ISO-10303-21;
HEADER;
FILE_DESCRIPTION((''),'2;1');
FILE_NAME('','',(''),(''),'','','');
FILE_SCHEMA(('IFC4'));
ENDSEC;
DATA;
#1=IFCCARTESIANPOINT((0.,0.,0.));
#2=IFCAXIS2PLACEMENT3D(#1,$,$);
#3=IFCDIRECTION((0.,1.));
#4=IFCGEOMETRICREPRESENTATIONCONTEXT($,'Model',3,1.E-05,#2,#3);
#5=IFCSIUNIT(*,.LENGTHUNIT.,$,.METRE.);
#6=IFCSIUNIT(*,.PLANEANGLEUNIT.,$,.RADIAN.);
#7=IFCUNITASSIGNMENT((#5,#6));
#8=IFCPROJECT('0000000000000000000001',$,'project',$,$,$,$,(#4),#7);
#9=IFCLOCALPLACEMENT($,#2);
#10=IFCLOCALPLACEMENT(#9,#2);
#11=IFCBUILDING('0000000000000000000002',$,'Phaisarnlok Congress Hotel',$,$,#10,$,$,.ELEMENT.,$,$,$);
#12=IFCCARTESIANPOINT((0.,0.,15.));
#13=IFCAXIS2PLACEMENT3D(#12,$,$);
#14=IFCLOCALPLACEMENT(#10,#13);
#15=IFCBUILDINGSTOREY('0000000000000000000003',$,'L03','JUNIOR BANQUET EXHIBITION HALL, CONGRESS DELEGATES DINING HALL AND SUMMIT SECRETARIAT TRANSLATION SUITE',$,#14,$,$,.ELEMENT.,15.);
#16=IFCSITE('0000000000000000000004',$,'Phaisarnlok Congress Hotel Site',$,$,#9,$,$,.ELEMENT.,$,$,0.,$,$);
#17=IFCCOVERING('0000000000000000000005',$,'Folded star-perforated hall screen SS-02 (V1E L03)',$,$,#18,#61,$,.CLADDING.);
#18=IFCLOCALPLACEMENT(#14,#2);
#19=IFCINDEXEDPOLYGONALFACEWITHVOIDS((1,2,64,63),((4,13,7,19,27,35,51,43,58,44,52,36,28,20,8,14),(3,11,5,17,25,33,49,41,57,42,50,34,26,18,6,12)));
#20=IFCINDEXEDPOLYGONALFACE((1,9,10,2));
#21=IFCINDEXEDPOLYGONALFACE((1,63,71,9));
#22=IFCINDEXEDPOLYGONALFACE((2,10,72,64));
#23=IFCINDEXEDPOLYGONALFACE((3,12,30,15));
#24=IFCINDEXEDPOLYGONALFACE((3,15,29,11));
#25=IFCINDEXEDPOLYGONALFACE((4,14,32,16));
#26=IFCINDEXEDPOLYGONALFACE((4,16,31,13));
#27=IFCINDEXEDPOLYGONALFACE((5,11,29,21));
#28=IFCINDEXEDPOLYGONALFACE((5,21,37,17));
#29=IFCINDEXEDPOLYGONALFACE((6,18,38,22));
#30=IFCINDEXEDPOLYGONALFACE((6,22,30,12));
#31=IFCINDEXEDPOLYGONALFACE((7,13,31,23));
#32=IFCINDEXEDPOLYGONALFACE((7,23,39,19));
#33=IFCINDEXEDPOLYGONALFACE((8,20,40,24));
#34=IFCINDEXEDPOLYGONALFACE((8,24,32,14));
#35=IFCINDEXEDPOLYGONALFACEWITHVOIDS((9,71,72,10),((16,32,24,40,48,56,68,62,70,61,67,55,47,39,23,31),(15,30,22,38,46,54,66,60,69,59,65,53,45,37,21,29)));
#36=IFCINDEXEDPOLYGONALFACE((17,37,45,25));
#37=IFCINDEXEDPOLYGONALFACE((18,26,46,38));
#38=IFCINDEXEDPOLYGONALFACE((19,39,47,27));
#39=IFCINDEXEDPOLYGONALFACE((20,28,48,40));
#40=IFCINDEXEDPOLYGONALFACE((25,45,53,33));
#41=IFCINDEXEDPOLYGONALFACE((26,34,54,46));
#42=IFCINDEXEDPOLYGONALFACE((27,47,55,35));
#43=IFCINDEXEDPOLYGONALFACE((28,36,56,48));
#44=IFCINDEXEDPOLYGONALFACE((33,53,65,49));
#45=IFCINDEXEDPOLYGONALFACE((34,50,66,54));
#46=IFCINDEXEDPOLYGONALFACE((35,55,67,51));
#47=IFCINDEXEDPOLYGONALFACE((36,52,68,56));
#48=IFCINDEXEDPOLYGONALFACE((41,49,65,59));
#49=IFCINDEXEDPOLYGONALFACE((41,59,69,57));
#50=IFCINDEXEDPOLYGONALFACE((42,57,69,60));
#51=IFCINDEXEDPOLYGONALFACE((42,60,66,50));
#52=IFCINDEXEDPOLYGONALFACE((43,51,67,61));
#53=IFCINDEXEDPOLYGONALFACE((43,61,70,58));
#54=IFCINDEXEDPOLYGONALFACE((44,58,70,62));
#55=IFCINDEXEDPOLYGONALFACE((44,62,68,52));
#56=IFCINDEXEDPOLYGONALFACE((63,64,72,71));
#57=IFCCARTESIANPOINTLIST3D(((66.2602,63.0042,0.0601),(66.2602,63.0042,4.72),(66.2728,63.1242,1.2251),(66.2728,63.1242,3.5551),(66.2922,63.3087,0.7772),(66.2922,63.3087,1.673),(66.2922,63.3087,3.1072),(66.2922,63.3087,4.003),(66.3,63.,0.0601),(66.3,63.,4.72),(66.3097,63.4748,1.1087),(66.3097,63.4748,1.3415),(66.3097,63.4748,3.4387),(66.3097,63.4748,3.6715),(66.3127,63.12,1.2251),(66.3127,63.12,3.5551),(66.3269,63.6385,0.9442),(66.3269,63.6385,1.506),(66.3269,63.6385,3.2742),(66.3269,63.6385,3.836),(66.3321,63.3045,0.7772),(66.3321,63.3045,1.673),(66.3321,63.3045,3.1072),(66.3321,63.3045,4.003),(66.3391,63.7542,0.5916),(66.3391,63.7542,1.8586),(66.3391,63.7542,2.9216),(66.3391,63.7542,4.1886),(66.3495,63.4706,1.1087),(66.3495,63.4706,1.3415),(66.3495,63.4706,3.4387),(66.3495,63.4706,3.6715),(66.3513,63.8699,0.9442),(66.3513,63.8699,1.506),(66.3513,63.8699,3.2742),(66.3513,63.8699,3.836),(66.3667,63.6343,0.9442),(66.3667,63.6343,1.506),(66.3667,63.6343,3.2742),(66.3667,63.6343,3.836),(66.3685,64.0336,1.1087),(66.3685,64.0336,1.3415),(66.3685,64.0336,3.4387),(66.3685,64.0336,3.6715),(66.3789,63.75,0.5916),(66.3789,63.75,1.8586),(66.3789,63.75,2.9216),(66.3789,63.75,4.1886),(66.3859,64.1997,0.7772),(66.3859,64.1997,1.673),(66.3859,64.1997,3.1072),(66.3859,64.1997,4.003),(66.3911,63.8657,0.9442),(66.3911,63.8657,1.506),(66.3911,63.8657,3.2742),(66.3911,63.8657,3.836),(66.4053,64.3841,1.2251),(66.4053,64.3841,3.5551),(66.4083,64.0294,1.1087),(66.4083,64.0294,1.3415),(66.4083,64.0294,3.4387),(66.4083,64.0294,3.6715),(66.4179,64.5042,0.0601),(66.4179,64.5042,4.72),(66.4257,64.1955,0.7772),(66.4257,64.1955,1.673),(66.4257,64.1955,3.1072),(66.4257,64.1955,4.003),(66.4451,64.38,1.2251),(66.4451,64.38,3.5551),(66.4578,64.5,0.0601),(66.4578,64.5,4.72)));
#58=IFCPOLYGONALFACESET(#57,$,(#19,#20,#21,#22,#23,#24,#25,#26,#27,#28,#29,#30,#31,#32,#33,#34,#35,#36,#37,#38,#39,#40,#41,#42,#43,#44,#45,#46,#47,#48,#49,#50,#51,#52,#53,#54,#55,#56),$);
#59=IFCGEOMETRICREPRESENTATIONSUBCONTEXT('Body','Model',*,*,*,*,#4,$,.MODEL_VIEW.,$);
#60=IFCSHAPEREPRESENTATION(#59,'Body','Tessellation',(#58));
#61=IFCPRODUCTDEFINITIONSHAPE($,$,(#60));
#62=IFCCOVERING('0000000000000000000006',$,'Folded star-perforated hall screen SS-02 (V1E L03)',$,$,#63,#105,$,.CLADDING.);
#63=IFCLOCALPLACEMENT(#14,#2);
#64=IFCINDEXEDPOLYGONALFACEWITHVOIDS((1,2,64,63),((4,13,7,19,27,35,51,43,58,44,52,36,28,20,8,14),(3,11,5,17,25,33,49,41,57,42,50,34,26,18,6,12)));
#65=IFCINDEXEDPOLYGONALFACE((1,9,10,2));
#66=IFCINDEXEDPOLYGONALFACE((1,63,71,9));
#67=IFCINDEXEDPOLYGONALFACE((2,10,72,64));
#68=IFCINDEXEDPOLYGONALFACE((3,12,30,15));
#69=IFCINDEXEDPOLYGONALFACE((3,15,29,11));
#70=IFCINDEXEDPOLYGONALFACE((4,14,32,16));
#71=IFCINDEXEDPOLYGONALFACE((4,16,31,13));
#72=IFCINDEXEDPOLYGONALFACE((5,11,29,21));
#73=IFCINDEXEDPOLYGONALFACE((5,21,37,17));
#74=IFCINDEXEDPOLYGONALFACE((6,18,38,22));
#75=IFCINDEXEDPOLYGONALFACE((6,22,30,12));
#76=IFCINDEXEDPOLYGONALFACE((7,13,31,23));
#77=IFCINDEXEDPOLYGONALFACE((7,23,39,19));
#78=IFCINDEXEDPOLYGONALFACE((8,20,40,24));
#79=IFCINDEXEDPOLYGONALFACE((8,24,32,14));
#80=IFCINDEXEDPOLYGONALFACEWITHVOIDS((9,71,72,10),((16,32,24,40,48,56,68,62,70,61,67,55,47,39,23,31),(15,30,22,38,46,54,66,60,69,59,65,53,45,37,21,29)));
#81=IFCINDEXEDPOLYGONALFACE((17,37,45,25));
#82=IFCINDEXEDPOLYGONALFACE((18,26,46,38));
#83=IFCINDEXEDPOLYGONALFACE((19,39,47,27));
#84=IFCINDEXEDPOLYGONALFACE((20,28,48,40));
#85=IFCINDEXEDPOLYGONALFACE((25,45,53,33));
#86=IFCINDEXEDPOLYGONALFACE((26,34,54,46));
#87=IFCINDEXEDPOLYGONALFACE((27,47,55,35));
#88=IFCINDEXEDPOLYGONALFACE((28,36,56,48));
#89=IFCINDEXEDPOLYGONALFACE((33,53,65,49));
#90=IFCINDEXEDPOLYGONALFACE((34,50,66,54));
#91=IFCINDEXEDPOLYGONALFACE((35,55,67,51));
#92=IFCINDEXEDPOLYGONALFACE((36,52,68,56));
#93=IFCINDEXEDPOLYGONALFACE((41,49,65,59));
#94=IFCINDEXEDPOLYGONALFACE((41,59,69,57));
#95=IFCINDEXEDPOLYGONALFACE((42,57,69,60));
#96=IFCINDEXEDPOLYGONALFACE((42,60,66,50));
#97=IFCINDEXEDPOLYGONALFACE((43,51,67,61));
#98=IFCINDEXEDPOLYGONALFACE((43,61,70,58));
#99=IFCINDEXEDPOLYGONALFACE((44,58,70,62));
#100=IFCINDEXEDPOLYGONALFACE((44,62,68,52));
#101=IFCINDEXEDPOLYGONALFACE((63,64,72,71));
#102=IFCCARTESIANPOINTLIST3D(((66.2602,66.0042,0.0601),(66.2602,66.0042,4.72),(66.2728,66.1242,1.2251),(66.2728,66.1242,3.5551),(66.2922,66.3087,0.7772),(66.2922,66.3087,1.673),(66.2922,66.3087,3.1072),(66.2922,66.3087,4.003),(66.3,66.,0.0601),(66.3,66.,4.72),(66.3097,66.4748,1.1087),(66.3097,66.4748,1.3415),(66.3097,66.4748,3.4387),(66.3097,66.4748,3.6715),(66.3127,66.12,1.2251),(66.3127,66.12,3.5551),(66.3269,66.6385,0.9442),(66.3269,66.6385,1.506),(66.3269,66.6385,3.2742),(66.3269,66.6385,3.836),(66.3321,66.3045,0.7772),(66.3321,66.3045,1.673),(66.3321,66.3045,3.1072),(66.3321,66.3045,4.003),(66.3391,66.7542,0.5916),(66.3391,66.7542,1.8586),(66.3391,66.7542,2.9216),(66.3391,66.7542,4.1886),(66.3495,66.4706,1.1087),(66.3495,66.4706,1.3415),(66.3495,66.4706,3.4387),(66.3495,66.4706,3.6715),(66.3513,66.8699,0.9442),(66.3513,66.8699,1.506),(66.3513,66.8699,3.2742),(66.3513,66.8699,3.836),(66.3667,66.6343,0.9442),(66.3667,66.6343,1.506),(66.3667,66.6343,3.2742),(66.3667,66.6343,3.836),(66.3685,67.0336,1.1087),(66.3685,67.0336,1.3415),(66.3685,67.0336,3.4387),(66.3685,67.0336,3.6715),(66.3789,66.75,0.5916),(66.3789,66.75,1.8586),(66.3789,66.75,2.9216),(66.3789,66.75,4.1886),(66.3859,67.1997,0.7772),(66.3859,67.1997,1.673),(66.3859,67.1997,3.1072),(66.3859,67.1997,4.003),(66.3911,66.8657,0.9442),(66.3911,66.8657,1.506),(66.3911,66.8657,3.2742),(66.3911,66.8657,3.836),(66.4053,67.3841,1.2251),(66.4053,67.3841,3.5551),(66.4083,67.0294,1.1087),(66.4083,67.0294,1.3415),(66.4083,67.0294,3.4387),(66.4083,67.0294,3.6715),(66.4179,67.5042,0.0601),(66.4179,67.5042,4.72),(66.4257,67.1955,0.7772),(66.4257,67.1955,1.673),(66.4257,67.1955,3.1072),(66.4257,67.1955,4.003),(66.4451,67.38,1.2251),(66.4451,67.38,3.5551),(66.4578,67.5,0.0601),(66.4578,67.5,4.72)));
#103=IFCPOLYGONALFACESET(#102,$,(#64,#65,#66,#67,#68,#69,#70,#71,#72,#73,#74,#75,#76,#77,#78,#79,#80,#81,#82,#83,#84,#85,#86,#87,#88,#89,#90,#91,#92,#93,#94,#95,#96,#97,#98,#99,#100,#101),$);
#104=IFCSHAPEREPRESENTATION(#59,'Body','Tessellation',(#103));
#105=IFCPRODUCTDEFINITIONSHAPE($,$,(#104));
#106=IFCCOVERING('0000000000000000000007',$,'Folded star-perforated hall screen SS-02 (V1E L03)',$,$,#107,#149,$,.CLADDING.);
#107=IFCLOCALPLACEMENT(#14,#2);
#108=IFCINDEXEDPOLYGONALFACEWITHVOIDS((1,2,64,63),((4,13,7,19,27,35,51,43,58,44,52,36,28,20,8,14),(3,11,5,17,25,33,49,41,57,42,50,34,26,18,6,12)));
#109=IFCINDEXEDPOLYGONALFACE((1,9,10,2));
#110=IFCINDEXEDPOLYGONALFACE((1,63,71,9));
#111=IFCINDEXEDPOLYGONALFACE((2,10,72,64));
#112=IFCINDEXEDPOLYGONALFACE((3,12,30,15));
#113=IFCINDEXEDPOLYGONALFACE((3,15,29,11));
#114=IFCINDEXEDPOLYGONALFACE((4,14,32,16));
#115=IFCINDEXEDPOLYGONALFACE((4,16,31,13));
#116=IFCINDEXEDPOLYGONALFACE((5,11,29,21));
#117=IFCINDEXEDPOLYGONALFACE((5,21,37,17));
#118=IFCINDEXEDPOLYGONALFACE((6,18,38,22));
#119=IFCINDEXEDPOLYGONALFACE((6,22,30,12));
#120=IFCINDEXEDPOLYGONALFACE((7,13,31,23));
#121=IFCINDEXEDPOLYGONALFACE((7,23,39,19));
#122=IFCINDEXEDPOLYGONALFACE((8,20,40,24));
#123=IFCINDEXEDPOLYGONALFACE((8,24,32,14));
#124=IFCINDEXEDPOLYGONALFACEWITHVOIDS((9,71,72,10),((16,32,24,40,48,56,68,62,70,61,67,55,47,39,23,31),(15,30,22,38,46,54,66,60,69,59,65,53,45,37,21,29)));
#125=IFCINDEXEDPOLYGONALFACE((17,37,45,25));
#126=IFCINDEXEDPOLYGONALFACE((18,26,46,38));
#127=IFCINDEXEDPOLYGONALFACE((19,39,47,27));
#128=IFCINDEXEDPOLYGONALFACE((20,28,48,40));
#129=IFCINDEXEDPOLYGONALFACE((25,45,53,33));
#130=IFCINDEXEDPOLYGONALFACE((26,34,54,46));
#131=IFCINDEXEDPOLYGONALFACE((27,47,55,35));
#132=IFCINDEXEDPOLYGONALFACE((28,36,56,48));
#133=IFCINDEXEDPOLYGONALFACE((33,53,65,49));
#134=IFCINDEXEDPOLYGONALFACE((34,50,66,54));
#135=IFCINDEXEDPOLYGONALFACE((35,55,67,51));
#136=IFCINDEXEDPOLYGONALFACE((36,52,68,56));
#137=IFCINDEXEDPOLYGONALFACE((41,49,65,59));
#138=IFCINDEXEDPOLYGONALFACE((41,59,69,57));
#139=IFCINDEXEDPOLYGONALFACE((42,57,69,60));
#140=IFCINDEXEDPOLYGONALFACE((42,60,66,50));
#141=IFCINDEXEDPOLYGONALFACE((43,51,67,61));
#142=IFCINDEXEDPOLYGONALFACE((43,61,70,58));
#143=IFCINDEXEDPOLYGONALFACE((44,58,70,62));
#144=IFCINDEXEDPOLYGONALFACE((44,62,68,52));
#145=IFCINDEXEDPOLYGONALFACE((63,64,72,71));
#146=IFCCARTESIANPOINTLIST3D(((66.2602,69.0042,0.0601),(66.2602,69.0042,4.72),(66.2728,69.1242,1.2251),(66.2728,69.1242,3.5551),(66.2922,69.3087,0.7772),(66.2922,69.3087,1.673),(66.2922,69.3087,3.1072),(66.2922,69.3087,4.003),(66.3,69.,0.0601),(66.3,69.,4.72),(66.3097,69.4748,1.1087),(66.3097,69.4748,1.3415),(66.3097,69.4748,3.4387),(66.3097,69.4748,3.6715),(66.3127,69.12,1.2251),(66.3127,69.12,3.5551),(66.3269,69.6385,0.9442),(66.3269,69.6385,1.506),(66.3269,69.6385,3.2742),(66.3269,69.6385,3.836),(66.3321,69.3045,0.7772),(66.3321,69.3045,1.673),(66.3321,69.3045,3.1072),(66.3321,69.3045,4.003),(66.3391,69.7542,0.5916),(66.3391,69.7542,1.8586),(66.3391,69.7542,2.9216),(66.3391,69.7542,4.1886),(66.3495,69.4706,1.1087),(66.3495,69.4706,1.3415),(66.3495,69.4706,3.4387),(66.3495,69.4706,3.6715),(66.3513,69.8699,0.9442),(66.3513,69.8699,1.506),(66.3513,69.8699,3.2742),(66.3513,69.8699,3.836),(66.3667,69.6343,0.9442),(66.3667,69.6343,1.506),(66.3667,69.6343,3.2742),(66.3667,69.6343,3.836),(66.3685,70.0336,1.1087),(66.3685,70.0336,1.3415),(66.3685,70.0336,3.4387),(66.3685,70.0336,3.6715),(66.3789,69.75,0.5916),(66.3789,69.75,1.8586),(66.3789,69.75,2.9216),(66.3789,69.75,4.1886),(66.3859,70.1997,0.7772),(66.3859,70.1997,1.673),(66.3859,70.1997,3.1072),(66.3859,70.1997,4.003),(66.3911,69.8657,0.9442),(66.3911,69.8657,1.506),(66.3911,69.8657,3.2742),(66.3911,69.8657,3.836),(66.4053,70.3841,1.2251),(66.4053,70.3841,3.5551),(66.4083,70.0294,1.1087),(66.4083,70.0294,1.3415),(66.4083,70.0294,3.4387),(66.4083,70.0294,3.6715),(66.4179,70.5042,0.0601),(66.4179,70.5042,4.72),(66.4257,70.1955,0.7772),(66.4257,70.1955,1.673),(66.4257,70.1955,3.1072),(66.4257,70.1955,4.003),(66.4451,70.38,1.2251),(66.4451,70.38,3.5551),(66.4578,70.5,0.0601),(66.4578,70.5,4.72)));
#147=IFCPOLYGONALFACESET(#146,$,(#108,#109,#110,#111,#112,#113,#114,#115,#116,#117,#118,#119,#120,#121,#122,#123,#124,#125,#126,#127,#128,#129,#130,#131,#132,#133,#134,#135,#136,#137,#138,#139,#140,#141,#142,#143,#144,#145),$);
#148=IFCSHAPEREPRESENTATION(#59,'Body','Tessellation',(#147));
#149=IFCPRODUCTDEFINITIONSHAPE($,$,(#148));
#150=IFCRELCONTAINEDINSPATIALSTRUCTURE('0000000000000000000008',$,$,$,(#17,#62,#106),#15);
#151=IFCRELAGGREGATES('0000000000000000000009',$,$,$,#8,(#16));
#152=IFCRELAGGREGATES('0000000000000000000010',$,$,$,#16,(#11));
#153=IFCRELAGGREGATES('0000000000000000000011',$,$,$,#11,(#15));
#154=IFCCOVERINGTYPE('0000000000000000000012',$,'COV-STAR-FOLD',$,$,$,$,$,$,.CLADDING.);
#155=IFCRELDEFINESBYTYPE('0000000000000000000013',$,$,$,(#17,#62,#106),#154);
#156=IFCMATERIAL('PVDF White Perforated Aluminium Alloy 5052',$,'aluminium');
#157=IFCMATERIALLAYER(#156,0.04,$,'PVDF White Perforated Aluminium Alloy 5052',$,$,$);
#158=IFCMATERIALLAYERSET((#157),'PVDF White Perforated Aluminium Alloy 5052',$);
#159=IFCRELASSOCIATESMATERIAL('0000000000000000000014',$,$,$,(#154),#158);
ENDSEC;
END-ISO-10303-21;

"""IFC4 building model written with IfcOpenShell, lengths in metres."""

from ifc_helpers import new_model, si_unit, direction, frame, origin, place, context, subcontext, project, spatial, polyline, outline, extrude, material, layer, layer_set, type_object, element, save


model = new_model("IFC4")

# Units and contexts
model_context = context("Model", 3, precision=1e-05, world=origin(), true_north=direction((0.0, 1.0)))
body_context = subcontext(model_context, "Body", "Model", "MODEL_VIEW")
ifc_project = project(units=[si_unit("LENGTHUNIT", "METRE"), si_unit("PLANEANGLEUNIT", "RADIAN")], contexts=[model_context])

# Site, building, storey
site_placement = place(None, origin())
site = spatial("IfcSite", under=ifc_project, at=site_placement, Name="Phaisarnlok Congress Hotel Site", CompositionType="ELEMENT", RefElevation=0.0)
building_placement = place(site_placement, origin())
building = spatial("IfcBuilding", under=site, at=building_placement, Name="Phaisarnlok Congress Hotel", CompositionType="ELEMENT")
storey_placement = place(building_placement, frame((0.0, 0.0, 15.0)))
storey = spatial("IfcBuildingStorey", under=building, at=storey_placement, Name="L03", Description="JUNIOR BANQUET EXHIBITION HALL, CONGRESS DELEGATES DINING HALL AND SUMMIT SECRETARIAT TRANSLATION SUITE", CompositionType="ELEMENT", Elevation=15.0)

# Coverings
ifc_material_1 = material(Name="PVDF White Perforated Aluminium Alloy 5052", Category="aluminium")
ifc_layer_1 = layer(ifc_material_1, 0.04, Name="PVDF White Perforated Aluminium Alloy 5052")
ifc_layer_set_1 = layer_set([ifc_layer_1], Name="PVDF White Perforated Aluminium Alloy 5052")
covering_type = type_object("IfcCoveringType", Name="COV-STAR-FOLD", PredefinedType="CLADDING", material=ifc_layer_set_1)
for number, where, z_axis, x_axis, name in (
    (1, (66.4578, 64.5, 0.0601), (-0.994518, 0.104567, 0.0), (-0.104567, -0.994518, 0.0), "Folded star-perforated hall screen SS-02 (V1E L03)"),
    (2, (66.4578, 67.5, 0.0601), (-0.994518, 0.104567, 0.0), (-0.104567, -0.994518, 0.0), "Folded star-perforated hall screen SS-02 (V1E L03)"),
    (3, (66.4578, 70.5, 0.0601), (-0.994518, 0.104567, 0.0), (-0.104567, -0.994518, 0.0), "Folded star-perforated hall screen SS-02 (V1E L03)"),
):
    element("IfcCovering", number, at=place(storey_placement, frame(where, z_axis=z_axis, x_axis=x_axis)), inside=storey, type_object=covering_type, Name=name, PredefinedType="CLADDING", context=body_context, shape_type="SweptSolid", body=[
        extrude(outline(polyline([(0.0, 0.0), (1.5083, 0.0), (1.5083, 4.6599), (0.0, 4.6599), (0.0, 0.0)]), holes=[polyline([(1.0351, 1.0486), (1.2021, 0.7171), (0.8705, 0.8841), (0.7541, 0.5315), (0.6378, 0.8841), (0.3062, 0.7171), (0.4732, 1.0486), (0.1207, 1.165), (0.4732, 1.2814), (0.3062, 1.6129), (0.6378, 1.4459), (0.7541, 1.7985), (0.8705, 1.4459), (1.2021, 1.6129), (1.0351, 1.2814), (1.3876, 1.165), (1.0351, 1.0486)]), polyline([(1.0351, 3.3786), (1.2021, 3.0471), (0.8705, 3.2141), (0.7541, 2.8615), (0.6378, 3.2141), (0.3062, 3.0471), (0.4732, 3.3786), (0.1207, 3.495), (0.4732, 3.6114), (0.3062, 3.9429), (0.6378, 3.7759), (0.7541, 4.1285), (0.8705, 3.7759), (1.2021, 3.9429), (1.0351, 3.6114), (1.3876, 3.495), (1.0351, 3.3786)])]), origin(), (0.0, 0.0, 1.0), 0.04),
    ])

save(model, "model.ifc")
